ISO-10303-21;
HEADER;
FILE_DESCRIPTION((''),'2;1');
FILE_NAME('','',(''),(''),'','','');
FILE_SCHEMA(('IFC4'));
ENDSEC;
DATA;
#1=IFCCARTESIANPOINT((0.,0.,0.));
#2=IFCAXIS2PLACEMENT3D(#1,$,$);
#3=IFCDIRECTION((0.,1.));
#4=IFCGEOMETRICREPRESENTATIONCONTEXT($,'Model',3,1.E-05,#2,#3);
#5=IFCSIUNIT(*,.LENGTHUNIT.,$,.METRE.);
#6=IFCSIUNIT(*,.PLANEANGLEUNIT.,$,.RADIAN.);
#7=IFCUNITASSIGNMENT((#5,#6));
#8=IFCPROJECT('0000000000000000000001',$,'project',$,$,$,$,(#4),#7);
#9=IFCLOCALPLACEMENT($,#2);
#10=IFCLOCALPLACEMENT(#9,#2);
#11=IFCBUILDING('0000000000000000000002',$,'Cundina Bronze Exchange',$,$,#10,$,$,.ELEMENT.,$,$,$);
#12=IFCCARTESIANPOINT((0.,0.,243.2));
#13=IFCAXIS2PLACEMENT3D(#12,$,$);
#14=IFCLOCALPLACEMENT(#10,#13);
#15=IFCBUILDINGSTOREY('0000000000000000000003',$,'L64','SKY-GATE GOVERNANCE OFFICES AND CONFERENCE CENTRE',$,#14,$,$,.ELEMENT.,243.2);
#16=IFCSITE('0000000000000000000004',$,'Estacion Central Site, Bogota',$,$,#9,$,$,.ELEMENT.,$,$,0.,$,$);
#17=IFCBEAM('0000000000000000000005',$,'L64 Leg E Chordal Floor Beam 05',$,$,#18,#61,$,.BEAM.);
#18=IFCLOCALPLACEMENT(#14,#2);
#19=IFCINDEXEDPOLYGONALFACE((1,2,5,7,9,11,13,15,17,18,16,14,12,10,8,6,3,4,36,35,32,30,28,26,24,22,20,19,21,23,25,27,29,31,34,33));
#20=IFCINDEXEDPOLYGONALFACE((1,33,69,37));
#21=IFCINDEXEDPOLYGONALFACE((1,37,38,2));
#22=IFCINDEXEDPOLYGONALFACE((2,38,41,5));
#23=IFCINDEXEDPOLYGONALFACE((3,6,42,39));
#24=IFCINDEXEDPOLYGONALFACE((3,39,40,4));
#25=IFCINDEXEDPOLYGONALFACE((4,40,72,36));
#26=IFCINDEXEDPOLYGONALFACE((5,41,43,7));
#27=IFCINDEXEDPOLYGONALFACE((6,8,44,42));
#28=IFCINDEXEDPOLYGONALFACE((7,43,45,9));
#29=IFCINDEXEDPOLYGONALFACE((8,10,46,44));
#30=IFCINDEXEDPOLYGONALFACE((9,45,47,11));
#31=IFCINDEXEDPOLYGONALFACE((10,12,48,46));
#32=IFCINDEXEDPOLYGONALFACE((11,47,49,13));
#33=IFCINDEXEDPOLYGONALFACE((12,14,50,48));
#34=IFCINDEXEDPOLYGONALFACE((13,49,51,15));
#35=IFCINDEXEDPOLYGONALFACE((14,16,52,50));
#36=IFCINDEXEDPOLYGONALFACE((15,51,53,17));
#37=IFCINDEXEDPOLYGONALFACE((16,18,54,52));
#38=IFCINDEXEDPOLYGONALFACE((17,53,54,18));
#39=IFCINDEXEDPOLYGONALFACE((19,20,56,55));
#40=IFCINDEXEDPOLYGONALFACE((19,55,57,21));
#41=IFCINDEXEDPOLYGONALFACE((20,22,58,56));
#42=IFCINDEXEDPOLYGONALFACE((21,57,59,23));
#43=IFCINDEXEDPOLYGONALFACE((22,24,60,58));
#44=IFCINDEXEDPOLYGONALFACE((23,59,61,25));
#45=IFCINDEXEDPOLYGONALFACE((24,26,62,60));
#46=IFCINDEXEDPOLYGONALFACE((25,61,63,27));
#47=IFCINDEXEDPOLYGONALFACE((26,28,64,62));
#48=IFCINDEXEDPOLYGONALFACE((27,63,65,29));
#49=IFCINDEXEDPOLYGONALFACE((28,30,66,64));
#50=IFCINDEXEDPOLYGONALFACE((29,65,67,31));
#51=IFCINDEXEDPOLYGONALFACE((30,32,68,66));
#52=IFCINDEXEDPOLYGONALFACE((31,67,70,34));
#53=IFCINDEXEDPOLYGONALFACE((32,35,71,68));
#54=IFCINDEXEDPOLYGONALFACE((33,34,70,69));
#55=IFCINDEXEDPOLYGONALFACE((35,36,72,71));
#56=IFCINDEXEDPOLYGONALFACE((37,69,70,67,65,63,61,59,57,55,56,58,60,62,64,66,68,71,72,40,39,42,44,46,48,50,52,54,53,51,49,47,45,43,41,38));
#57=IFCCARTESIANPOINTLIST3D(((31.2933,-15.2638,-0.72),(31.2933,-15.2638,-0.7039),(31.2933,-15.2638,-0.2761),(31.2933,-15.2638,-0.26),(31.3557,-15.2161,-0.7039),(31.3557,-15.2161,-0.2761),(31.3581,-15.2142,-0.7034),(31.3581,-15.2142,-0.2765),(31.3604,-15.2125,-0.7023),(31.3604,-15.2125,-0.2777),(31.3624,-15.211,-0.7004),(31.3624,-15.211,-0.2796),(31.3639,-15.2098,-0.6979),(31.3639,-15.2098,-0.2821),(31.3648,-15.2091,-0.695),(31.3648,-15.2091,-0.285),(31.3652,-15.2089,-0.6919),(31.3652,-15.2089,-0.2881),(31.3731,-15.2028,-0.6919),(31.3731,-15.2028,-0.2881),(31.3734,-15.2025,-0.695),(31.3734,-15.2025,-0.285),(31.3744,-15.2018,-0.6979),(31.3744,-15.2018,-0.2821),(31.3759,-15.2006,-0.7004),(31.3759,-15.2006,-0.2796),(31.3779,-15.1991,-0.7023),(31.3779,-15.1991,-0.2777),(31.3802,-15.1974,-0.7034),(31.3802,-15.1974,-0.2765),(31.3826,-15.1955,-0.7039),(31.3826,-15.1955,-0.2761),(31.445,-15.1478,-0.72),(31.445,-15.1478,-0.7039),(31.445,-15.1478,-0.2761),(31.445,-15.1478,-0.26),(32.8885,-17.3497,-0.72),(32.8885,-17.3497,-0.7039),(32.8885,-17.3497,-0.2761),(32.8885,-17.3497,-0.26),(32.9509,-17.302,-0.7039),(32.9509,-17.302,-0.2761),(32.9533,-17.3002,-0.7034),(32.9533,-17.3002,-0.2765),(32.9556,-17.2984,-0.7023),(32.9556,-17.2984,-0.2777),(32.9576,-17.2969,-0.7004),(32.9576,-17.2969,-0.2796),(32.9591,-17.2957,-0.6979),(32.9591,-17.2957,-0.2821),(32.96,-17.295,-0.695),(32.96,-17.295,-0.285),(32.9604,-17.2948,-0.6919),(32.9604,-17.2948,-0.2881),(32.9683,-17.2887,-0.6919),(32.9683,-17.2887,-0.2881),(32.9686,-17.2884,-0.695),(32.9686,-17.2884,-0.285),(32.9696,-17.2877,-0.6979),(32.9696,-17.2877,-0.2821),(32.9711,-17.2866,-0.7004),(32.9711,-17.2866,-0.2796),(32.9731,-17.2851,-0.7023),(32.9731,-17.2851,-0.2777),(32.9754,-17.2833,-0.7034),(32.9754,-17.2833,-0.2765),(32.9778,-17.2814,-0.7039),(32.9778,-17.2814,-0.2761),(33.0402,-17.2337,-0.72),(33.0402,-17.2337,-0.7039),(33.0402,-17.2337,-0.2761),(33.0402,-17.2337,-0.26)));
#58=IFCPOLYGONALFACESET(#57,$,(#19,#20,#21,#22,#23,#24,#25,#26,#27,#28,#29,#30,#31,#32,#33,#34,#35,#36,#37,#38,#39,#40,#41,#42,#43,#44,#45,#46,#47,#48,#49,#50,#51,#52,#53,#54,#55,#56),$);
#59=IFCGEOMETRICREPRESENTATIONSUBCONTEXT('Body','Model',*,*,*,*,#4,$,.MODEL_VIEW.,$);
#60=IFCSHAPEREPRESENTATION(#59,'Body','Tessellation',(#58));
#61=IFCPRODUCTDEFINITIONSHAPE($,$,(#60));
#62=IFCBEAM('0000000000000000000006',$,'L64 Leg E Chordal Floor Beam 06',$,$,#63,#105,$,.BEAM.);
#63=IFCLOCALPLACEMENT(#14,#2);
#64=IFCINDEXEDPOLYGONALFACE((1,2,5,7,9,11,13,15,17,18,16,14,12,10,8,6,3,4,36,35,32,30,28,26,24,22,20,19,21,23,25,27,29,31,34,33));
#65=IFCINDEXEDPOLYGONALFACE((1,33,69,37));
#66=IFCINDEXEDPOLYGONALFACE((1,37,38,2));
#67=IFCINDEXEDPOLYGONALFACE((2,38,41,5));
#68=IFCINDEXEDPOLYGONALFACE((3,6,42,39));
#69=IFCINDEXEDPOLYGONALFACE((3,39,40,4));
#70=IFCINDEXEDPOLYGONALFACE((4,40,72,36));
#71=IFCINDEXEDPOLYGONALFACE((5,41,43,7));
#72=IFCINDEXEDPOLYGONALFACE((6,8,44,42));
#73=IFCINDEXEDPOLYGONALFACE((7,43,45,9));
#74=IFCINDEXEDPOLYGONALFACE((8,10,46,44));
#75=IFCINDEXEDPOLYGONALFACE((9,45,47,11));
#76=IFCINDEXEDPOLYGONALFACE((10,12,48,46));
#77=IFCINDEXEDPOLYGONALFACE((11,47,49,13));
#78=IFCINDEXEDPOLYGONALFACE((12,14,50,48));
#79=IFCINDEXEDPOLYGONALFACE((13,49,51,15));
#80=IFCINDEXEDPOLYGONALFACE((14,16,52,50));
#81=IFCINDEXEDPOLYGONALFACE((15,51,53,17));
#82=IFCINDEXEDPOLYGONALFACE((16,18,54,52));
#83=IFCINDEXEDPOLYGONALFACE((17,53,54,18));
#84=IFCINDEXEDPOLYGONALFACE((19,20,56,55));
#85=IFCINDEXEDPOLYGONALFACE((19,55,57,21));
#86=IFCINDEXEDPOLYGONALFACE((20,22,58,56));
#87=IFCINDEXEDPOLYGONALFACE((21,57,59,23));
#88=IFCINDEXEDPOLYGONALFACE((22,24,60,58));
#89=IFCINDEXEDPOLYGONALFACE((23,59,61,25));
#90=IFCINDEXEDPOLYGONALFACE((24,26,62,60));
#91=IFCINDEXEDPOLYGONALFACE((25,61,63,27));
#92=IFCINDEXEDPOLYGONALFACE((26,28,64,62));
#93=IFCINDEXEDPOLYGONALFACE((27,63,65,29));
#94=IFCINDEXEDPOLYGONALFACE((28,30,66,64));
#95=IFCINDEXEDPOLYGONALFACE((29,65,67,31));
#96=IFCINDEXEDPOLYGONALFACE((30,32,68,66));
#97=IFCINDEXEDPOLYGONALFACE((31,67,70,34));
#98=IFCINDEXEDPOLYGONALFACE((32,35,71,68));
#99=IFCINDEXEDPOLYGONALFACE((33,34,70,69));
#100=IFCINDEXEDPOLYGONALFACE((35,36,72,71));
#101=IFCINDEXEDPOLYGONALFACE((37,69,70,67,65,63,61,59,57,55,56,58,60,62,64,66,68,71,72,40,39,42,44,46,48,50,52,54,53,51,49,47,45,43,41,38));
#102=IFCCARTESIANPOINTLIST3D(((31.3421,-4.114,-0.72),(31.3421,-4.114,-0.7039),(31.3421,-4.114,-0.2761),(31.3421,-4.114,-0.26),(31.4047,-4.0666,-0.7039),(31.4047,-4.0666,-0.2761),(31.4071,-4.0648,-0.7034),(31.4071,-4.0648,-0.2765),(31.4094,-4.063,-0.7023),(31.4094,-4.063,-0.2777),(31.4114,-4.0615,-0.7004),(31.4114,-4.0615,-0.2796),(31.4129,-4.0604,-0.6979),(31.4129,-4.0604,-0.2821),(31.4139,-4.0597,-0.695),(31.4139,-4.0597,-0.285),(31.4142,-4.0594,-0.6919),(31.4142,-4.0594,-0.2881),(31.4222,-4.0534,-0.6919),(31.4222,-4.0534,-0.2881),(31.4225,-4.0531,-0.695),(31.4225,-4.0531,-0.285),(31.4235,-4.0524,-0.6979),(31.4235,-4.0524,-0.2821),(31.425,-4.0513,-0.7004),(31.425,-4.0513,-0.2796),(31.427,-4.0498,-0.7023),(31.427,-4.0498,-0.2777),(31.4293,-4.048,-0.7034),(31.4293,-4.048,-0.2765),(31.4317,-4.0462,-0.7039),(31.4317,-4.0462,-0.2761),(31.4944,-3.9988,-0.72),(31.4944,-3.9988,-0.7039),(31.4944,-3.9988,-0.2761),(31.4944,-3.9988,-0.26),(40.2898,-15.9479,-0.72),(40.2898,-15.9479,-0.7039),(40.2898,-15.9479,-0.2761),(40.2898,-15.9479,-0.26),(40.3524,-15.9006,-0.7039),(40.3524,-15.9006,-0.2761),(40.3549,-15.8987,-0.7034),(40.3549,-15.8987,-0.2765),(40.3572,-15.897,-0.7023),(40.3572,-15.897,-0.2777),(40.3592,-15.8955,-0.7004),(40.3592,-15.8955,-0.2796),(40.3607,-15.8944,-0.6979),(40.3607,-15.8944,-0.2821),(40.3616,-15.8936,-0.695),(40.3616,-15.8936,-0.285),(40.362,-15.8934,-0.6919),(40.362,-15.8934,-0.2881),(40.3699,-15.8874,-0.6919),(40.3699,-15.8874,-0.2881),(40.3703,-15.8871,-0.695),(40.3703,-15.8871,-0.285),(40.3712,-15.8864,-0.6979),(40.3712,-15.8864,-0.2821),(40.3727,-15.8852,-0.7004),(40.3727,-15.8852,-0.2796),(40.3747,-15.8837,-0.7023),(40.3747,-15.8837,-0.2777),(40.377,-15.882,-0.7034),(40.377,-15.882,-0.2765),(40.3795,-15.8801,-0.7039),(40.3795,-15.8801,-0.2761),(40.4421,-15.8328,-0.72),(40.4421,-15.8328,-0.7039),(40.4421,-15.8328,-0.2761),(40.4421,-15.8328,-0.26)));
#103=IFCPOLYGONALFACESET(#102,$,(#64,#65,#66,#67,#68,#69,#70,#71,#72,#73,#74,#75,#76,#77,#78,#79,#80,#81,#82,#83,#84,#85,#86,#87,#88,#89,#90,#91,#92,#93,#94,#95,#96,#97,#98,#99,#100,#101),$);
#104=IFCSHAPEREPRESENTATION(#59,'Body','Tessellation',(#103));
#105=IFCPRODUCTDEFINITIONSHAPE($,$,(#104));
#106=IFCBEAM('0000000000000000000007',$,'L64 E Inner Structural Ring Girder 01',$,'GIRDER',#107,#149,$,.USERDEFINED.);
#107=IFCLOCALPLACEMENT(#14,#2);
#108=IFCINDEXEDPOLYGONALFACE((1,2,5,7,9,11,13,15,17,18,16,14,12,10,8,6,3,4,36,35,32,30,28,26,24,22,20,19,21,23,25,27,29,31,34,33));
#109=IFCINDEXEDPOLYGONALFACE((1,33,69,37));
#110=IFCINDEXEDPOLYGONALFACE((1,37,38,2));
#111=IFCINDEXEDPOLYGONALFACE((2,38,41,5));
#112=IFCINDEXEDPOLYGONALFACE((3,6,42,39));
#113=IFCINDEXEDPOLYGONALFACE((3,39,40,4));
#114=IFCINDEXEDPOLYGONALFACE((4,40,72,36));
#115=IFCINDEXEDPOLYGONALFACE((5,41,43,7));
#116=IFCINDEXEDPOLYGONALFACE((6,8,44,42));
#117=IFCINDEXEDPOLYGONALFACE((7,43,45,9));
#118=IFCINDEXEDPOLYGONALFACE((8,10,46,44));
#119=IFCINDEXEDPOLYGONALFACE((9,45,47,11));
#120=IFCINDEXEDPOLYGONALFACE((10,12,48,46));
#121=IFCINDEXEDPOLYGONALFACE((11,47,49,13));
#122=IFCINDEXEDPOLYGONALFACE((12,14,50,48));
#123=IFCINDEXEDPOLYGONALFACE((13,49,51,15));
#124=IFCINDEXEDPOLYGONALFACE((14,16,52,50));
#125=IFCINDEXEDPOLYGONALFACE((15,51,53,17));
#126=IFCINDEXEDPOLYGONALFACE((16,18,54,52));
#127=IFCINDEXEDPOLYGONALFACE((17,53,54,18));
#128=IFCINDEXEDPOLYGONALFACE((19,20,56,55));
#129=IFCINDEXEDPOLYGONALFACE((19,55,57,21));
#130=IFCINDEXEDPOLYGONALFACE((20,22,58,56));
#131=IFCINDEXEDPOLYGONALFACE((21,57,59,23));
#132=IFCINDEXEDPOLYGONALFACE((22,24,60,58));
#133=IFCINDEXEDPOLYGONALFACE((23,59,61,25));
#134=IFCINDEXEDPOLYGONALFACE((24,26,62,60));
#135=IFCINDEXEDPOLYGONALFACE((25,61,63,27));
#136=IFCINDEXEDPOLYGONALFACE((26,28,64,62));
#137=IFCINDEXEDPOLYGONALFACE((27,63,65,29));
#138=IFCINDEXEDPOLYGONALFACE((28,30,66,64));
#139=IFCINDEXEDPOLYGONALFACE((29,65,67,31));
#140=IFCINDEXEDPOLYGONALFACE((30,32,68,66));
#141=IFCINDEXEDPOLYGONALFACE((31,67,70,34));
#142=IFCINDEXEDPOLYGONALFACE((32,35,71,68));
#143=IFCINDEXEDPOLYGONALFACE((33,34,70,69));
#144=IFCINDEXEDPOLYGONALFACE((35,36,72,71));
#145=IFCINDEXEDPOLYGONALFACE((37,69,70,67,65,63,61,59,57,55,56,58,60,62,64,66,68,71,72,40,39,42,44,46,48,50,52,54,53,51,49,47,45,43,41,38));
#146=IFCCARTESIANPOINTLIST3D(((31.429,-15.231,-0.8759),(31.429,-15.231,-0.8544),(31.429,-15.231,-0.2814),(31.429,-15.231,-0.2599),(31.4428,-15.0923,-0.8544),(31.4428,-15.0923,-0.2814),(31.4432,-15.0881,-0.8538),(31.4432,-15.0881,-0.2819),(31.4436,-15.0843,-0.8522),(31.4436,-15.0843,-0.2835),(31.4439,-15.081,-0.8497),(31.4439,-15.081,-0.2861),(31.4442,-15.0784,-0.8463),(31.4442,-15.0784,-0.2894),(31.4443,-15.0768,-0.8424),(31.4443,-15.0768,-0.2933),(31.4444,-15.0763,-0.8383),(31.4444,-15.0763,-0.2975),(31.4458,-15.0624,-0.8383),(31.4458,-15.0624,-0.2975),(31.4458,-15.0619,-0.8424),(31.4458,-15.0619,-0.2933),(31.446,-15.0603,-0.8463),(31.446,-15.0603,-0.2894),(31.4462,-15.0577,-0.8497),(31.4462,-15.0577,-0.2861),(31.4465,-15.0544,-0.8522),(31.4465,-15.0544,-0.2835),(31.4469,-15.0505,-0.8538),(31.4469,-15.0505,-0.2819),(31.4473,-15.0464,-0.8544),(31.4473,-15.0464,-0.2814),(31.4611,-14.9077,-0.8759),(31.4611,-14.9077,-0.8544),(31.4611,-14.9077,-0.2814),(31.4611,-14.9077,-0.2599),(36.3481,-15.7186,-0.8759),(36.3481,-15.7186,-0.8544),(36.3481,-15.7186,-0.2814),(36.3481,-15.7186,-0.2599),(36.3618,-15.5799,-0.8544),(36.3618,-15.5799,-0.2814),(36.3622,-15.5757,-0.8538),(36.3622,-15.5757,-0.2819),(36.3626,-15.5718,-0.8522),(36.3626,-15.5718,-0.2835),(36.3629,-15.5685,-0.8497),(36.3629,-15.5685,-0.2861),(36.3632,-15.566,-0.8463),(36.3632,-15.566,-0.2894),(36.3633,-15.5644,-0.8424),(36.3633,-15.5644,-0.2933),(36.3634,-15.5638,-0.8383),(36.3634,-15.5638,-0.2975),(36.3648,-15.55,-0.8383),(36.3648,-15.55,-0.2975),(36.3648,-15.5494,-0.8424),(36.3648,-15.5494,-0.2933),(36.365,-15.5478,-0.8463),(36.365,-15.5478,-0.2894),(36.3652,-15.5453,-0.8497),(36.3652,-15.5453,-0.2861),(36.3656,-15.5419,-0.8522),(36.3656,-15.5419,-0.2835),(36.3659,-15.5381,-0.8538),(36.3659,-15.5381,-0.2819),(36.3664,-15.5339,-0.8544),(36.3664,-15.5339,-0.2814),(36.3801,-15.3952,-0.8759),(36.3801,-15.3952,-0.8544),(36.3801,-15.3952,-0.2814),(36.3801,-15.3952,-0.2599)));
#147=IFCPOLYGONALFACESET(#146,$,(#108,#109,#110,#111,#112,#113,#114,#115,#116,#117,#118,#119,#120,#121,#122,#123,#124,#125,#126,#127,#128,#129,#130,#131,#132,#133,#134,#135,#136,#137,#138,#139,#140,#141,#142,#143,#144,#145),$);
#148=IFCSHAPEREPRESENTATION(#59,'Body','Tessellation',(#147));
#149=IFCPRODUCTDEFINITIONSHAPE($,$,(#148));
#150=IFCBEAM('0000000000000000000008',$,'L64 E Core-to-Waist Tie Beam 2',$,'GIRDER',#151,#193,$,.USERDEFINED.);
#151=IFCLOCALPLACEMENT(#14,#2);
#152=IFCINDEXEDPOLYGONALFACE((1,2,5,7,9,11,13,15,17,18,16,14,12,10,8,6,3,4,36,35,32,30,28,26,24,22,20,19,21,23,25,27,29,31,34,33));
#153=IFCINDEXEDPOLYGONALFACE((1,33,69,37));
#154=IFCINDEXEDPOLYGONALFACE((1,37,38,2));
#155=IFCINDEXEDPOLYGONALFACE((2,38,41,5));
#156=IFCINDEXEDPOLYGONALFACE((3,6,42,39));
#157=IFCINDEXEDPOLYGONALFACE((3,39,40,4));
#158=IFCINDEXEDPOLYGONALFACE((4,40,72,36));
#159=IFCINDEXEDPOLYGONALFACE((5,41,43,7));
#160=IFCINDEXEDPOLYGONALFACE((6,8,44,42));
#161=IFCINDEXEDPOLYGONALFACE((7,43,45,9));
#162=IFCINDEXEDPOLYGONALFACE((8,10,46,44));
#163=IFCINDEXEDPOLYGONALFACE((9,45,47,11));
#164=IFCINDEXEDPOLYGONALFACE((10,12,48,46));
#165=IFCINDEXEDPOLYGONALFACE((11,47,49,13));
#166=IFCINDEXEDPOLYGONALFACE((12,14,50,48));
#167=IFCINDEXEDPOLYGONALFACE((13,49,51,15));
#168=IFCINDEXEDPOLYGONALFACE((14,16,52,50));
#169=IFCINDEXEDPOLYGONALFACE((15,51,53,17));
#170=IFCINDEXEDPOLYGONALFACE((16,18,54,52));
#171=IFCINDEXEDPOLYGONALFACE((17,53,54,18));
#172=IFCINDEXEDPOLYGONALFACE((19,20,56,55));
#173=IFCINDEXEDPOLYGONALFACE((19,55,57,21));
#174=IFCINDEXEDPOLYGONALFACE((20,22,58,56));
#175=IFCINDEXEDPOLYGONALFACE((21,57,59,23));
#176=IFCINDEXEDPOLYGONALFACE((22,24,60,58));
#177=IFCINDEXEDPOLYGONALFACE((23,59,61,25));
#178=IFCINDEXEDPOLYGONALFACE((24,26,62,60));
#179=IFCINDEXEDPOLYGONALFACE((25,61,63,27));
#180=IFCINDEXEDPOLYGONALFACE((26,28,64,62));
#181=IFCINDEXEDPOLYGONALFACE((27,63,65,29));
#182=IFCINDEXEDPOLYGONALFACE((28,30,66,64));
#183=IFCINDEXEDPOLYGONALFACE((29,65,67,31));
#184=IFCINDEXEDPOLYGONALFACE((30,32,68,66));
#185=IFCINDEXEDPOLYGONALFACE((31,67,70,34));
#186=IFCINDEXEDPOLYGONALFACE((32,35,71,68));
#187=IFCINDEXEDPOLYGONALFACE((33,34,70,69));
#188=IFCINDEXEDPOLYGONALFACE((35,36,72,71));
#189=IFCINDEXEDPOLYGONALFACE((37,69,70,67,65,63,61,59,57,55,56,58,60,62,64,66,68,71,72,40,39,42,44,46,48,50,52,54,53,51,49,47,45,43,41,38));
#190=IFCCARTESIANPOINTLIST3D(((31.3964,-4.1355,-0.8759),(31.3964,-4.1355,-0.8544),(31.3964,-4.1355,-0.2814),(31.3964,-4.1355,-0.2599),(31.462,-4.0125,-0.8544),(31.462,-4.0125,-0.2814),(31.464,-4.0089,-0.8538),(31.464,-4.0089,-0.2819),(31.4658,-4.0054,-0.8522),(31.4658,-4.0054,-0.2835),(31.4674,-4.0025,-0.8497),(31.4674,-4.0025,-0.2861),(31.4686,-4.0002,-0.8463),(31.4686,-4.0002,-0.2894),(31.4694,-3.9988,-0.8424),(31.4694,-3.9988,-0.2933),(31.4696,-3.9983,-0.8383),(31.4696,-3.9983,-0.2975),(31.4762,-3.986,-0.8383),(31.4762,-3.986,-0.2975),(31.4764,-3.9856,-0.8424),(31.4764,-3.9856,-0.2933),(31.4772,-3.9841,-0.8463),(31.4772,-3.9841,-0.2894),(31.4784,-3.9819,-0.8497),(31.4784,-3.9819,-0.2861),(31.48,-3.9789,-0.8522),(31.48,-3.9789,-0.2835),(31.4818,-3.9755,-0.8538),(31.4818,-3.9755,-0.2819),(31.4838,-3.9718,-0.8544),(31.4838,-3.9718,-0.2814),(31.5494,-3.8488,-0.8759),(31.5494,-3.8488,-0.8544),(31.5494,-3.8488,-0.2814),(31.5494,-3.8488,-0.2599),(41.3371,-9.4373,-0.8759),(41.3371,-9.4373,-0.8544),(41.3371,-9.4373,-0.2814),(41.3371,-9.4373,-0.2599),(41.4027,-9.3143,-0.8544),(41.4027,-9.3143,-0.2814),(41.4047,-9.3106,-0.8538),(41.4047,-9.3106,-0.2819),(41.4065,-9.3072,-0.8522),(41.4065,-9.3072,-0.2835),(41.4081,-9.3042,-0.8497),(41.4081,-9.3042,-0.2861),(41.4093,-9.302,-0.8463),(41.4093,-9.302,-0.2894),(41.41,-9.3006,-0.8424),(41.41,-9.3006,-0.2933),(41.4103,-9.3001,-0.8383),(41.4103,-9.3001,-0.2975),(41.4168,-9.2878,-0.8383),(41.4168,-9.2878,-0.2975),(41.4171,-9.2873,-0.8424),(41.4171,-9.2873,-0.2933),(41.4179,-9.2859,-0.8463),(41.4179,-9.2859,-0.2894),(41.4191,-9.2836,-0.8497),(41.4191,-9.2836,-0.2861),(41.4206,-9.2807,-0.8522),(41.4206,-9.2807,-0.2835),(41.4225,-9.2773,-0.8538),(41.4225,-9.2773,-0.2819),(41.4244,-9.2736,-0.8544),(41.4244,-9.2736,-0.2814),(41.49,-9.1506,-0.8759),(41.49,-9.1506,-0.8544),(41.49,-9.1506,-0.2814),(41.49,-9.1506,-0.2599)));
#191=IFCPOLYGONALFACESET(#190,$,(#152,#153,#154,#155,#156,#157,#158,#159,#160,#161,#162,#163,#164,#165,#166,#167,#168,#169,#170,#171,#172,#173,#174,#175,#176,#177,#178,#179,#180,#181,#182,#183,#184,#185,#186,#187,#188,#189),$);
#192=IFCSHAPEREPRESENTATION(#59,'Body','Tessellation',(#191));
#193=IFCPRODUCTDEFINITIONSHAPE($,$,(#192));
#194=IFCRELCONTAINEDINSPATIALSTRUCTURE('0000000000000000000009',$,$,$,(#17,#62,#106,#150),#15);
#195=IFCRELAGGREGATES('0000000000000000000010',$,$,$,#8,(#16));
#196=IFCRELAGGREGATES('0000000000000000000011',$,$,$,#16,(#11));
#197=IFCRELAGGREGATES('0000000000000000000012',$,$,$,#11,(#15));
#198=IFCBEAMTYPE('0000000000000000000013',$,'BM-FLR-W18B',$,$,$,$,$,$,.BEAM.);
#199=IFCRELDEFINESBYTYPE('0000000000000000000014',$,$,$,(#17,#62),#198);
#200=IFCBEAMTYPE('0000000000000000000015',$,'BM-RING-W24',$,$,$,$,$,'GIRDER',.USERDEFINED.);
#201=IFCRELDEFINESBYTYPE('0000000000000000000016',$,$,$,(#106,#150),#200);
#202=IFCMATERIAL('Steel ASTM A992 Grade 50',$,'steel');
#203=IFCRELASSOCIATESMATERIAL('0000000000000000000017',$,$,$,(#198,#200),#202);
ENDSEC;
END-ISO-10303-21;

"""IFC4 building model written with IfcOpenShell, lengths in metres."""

from ifc_helpers import new_model, si_unit, direction, frame, origin, origin_2d, place, context, subcontext, project, spatial, i_section, extrude, material, material_profile, profile_set, type_object, element, save


model = new_model("IFC4")

# Units and contexts
model_context = context("Model", 3, precision=1e-05, world=origin(), true_north=direction((0.0, 1.0)))
body_context = subcontext(model_context, "Body", "Model", "MODEL_VIEW")
ifc_project = project(units=[si_unit("LENGTHUNIT", "METRE"), si_unit("PLANEANGLEUNIT", "RADIAN")], contexts=[model_context])

# Site, building, storey
site_placement = place(None, origin())
site = spatial("IfcSite", under=ifc_project, at=site_placement, Name="Estacion Central Site, Bogota", CompositionType="ELEMENT", RefElevation=0.0)
building_placement = place(site_placement, origin())
building = spatial("IfcBuilding", under=site, at=building_placement, Name="Cundina Bronze Exchange", CompositionType="ELEMENT")
storey_placement = place(building_placement, frame((0.0, 0.0, 243.2)))
storey = spatial("IfcBuildingStorey", under=building, at=storey_placement, Name="L64", Description="SKY-GATE GOVERNANCE OFFICES AND CONFERENCE CENTRE", CompositionType="ELEMENT", Elevation=243.2)

# Shared definitions
ifc_material_1 = material(Name="Steel ASTM A992 Grade 50", Category="steel")

# Beams
ifc_material_profile_1 = material_profile(ifc_material_1, i_section(OverallWidth=0.1909, OverallDepth=0.46, WebThickness=0.01, FlangeThickness=0.0161, FilletRadius=0.012, at=origin_2d()), Name="W18X55", Category="steel")
ifc_profile_set_1 = profile_set([ifc_material_profile_1], Name="Steel ASTM A992 Grade 50")
beam_type_1 = type_object("IfcBeamType", Name="BM-FLR-W18B", PredefinedType="BEAM", material=ifc_profile_set_1)
beam_1_placement = place(storey_placement, frame((31.3691, -15.2058, -0.49), z_axis=(0.607471, -0.794342, 0.0), x_axis=(0.794342, 0.607471, 0.0)))
element("IfcBeam", 1, at=beam_1_placement, inside=storey, type_object=beam_type_1, Name="L64 Leg E Chordal Floor Beam 05", PredefinedType="BEAM", context=body_context, shape_type="SweptSolid", body=[
    extrude(i_section(OverallWidth=0.1909, OverallDepth=0.46, WebThickness=0.01, FlangeThickness=0.0161, FilletRadius=0.012, at=origin_2d()), origin(), (0.0, 0.0, 1.0), 2.626),
])
beam_2_placement = place(storey_placement, frame((31.4182, -4.0564, -0.49), z_axis=(0.603113, -0.797656, 0.0), x_axis=(0.797656, 0.603113, 0.0)))
element("IfcBeam", 2, at=beam_2_placement, inside=storey, type_object=beam_type_1, Name="L64 Leg E Chordal Floor Beam 06", PredefinedType="BEAM", context=body_context, shape_type="SweptSolid", body=[
    extrude(i_section(OverallWidth=0.1909, OverallDepth=0.46, WebThickness=0.01, FlangeThickness=0.0161, FilletRadius=0.012, at=origin_2d()), origin(), (0.0, 0.0, 1.0), 14.8359),
])
ifc_material_profile_2 = material_profile(ifc_material_1, i_section(OverallWidth=0.325, OverallDepth=0.616, WebThickness=0.0139, FlangeThickness=0.0215, FilletRadius=0.0161, at=origin_2d()), Name="W24X117", Category="steel")
ifc_profile_set_2 = profile_set([ifc_material_profile_2], Name="Steel ASTM A992 Grade 50")
beam_type_2 = type_object("IfcBeamType", Name="BM-RING-W24", ElementType="GIRDER", PredefinedType="USERDEFINED", material=ifc_profile_set_2)
beam_3_placement = place(storey_placement, frame((31.4451, -15.0693, -0.5679), z_axis=(0.995124, -0.098633, 0.0), x_axis=(0.098633, 0.995124, 0.0)))
element("IfcBeam", 3, at=beam_3_placement, inside=storey, type_object=beam_type_2, Name="L64 E Inner Structural Ring Girder 01", ObjectType="GIRDER", PredefinedType="USERDEFINED", context=body_context, shape_type="SweptSolid", body=[
    extrude(i_section(OverallWidth=0.325, OverallDepth=0.616, WebThickness=0.0139, FlangeThickness=0.0215, FilletRadius=0.0161, at=origin_2d()), origin(), (0.0, 0.0, 1.0), 4.9431),
])
beam_4_placement = place(storey_placement, frame((31.4729, -3.9922, -0.5679), z_axis=(0.882351, -0.470593, 0.0), x_axis=(0.470593, 0.882351, 0.0)))
element("IfcBeam", 4, at=beam_4_placement, inside=storey, type_object=beam_type_2, Name="L64 E Core-to-Waist Tie Beam 2", ObjectType="GIRDER", PredefinedType="USERDEFINED", context=body_context, shape_type="SweptSolid", body=[
    extrude(i_section(OverallWidth=0.325, OverallDepth=0.616, WebThickness=0.0139, FlangeThickness=0.0215, FilletRadius=0.0161, at=origin_2d()), origin(), (0.0, 0.0, 1.0), 11.2661),
])

save(model, "model.ifc")
